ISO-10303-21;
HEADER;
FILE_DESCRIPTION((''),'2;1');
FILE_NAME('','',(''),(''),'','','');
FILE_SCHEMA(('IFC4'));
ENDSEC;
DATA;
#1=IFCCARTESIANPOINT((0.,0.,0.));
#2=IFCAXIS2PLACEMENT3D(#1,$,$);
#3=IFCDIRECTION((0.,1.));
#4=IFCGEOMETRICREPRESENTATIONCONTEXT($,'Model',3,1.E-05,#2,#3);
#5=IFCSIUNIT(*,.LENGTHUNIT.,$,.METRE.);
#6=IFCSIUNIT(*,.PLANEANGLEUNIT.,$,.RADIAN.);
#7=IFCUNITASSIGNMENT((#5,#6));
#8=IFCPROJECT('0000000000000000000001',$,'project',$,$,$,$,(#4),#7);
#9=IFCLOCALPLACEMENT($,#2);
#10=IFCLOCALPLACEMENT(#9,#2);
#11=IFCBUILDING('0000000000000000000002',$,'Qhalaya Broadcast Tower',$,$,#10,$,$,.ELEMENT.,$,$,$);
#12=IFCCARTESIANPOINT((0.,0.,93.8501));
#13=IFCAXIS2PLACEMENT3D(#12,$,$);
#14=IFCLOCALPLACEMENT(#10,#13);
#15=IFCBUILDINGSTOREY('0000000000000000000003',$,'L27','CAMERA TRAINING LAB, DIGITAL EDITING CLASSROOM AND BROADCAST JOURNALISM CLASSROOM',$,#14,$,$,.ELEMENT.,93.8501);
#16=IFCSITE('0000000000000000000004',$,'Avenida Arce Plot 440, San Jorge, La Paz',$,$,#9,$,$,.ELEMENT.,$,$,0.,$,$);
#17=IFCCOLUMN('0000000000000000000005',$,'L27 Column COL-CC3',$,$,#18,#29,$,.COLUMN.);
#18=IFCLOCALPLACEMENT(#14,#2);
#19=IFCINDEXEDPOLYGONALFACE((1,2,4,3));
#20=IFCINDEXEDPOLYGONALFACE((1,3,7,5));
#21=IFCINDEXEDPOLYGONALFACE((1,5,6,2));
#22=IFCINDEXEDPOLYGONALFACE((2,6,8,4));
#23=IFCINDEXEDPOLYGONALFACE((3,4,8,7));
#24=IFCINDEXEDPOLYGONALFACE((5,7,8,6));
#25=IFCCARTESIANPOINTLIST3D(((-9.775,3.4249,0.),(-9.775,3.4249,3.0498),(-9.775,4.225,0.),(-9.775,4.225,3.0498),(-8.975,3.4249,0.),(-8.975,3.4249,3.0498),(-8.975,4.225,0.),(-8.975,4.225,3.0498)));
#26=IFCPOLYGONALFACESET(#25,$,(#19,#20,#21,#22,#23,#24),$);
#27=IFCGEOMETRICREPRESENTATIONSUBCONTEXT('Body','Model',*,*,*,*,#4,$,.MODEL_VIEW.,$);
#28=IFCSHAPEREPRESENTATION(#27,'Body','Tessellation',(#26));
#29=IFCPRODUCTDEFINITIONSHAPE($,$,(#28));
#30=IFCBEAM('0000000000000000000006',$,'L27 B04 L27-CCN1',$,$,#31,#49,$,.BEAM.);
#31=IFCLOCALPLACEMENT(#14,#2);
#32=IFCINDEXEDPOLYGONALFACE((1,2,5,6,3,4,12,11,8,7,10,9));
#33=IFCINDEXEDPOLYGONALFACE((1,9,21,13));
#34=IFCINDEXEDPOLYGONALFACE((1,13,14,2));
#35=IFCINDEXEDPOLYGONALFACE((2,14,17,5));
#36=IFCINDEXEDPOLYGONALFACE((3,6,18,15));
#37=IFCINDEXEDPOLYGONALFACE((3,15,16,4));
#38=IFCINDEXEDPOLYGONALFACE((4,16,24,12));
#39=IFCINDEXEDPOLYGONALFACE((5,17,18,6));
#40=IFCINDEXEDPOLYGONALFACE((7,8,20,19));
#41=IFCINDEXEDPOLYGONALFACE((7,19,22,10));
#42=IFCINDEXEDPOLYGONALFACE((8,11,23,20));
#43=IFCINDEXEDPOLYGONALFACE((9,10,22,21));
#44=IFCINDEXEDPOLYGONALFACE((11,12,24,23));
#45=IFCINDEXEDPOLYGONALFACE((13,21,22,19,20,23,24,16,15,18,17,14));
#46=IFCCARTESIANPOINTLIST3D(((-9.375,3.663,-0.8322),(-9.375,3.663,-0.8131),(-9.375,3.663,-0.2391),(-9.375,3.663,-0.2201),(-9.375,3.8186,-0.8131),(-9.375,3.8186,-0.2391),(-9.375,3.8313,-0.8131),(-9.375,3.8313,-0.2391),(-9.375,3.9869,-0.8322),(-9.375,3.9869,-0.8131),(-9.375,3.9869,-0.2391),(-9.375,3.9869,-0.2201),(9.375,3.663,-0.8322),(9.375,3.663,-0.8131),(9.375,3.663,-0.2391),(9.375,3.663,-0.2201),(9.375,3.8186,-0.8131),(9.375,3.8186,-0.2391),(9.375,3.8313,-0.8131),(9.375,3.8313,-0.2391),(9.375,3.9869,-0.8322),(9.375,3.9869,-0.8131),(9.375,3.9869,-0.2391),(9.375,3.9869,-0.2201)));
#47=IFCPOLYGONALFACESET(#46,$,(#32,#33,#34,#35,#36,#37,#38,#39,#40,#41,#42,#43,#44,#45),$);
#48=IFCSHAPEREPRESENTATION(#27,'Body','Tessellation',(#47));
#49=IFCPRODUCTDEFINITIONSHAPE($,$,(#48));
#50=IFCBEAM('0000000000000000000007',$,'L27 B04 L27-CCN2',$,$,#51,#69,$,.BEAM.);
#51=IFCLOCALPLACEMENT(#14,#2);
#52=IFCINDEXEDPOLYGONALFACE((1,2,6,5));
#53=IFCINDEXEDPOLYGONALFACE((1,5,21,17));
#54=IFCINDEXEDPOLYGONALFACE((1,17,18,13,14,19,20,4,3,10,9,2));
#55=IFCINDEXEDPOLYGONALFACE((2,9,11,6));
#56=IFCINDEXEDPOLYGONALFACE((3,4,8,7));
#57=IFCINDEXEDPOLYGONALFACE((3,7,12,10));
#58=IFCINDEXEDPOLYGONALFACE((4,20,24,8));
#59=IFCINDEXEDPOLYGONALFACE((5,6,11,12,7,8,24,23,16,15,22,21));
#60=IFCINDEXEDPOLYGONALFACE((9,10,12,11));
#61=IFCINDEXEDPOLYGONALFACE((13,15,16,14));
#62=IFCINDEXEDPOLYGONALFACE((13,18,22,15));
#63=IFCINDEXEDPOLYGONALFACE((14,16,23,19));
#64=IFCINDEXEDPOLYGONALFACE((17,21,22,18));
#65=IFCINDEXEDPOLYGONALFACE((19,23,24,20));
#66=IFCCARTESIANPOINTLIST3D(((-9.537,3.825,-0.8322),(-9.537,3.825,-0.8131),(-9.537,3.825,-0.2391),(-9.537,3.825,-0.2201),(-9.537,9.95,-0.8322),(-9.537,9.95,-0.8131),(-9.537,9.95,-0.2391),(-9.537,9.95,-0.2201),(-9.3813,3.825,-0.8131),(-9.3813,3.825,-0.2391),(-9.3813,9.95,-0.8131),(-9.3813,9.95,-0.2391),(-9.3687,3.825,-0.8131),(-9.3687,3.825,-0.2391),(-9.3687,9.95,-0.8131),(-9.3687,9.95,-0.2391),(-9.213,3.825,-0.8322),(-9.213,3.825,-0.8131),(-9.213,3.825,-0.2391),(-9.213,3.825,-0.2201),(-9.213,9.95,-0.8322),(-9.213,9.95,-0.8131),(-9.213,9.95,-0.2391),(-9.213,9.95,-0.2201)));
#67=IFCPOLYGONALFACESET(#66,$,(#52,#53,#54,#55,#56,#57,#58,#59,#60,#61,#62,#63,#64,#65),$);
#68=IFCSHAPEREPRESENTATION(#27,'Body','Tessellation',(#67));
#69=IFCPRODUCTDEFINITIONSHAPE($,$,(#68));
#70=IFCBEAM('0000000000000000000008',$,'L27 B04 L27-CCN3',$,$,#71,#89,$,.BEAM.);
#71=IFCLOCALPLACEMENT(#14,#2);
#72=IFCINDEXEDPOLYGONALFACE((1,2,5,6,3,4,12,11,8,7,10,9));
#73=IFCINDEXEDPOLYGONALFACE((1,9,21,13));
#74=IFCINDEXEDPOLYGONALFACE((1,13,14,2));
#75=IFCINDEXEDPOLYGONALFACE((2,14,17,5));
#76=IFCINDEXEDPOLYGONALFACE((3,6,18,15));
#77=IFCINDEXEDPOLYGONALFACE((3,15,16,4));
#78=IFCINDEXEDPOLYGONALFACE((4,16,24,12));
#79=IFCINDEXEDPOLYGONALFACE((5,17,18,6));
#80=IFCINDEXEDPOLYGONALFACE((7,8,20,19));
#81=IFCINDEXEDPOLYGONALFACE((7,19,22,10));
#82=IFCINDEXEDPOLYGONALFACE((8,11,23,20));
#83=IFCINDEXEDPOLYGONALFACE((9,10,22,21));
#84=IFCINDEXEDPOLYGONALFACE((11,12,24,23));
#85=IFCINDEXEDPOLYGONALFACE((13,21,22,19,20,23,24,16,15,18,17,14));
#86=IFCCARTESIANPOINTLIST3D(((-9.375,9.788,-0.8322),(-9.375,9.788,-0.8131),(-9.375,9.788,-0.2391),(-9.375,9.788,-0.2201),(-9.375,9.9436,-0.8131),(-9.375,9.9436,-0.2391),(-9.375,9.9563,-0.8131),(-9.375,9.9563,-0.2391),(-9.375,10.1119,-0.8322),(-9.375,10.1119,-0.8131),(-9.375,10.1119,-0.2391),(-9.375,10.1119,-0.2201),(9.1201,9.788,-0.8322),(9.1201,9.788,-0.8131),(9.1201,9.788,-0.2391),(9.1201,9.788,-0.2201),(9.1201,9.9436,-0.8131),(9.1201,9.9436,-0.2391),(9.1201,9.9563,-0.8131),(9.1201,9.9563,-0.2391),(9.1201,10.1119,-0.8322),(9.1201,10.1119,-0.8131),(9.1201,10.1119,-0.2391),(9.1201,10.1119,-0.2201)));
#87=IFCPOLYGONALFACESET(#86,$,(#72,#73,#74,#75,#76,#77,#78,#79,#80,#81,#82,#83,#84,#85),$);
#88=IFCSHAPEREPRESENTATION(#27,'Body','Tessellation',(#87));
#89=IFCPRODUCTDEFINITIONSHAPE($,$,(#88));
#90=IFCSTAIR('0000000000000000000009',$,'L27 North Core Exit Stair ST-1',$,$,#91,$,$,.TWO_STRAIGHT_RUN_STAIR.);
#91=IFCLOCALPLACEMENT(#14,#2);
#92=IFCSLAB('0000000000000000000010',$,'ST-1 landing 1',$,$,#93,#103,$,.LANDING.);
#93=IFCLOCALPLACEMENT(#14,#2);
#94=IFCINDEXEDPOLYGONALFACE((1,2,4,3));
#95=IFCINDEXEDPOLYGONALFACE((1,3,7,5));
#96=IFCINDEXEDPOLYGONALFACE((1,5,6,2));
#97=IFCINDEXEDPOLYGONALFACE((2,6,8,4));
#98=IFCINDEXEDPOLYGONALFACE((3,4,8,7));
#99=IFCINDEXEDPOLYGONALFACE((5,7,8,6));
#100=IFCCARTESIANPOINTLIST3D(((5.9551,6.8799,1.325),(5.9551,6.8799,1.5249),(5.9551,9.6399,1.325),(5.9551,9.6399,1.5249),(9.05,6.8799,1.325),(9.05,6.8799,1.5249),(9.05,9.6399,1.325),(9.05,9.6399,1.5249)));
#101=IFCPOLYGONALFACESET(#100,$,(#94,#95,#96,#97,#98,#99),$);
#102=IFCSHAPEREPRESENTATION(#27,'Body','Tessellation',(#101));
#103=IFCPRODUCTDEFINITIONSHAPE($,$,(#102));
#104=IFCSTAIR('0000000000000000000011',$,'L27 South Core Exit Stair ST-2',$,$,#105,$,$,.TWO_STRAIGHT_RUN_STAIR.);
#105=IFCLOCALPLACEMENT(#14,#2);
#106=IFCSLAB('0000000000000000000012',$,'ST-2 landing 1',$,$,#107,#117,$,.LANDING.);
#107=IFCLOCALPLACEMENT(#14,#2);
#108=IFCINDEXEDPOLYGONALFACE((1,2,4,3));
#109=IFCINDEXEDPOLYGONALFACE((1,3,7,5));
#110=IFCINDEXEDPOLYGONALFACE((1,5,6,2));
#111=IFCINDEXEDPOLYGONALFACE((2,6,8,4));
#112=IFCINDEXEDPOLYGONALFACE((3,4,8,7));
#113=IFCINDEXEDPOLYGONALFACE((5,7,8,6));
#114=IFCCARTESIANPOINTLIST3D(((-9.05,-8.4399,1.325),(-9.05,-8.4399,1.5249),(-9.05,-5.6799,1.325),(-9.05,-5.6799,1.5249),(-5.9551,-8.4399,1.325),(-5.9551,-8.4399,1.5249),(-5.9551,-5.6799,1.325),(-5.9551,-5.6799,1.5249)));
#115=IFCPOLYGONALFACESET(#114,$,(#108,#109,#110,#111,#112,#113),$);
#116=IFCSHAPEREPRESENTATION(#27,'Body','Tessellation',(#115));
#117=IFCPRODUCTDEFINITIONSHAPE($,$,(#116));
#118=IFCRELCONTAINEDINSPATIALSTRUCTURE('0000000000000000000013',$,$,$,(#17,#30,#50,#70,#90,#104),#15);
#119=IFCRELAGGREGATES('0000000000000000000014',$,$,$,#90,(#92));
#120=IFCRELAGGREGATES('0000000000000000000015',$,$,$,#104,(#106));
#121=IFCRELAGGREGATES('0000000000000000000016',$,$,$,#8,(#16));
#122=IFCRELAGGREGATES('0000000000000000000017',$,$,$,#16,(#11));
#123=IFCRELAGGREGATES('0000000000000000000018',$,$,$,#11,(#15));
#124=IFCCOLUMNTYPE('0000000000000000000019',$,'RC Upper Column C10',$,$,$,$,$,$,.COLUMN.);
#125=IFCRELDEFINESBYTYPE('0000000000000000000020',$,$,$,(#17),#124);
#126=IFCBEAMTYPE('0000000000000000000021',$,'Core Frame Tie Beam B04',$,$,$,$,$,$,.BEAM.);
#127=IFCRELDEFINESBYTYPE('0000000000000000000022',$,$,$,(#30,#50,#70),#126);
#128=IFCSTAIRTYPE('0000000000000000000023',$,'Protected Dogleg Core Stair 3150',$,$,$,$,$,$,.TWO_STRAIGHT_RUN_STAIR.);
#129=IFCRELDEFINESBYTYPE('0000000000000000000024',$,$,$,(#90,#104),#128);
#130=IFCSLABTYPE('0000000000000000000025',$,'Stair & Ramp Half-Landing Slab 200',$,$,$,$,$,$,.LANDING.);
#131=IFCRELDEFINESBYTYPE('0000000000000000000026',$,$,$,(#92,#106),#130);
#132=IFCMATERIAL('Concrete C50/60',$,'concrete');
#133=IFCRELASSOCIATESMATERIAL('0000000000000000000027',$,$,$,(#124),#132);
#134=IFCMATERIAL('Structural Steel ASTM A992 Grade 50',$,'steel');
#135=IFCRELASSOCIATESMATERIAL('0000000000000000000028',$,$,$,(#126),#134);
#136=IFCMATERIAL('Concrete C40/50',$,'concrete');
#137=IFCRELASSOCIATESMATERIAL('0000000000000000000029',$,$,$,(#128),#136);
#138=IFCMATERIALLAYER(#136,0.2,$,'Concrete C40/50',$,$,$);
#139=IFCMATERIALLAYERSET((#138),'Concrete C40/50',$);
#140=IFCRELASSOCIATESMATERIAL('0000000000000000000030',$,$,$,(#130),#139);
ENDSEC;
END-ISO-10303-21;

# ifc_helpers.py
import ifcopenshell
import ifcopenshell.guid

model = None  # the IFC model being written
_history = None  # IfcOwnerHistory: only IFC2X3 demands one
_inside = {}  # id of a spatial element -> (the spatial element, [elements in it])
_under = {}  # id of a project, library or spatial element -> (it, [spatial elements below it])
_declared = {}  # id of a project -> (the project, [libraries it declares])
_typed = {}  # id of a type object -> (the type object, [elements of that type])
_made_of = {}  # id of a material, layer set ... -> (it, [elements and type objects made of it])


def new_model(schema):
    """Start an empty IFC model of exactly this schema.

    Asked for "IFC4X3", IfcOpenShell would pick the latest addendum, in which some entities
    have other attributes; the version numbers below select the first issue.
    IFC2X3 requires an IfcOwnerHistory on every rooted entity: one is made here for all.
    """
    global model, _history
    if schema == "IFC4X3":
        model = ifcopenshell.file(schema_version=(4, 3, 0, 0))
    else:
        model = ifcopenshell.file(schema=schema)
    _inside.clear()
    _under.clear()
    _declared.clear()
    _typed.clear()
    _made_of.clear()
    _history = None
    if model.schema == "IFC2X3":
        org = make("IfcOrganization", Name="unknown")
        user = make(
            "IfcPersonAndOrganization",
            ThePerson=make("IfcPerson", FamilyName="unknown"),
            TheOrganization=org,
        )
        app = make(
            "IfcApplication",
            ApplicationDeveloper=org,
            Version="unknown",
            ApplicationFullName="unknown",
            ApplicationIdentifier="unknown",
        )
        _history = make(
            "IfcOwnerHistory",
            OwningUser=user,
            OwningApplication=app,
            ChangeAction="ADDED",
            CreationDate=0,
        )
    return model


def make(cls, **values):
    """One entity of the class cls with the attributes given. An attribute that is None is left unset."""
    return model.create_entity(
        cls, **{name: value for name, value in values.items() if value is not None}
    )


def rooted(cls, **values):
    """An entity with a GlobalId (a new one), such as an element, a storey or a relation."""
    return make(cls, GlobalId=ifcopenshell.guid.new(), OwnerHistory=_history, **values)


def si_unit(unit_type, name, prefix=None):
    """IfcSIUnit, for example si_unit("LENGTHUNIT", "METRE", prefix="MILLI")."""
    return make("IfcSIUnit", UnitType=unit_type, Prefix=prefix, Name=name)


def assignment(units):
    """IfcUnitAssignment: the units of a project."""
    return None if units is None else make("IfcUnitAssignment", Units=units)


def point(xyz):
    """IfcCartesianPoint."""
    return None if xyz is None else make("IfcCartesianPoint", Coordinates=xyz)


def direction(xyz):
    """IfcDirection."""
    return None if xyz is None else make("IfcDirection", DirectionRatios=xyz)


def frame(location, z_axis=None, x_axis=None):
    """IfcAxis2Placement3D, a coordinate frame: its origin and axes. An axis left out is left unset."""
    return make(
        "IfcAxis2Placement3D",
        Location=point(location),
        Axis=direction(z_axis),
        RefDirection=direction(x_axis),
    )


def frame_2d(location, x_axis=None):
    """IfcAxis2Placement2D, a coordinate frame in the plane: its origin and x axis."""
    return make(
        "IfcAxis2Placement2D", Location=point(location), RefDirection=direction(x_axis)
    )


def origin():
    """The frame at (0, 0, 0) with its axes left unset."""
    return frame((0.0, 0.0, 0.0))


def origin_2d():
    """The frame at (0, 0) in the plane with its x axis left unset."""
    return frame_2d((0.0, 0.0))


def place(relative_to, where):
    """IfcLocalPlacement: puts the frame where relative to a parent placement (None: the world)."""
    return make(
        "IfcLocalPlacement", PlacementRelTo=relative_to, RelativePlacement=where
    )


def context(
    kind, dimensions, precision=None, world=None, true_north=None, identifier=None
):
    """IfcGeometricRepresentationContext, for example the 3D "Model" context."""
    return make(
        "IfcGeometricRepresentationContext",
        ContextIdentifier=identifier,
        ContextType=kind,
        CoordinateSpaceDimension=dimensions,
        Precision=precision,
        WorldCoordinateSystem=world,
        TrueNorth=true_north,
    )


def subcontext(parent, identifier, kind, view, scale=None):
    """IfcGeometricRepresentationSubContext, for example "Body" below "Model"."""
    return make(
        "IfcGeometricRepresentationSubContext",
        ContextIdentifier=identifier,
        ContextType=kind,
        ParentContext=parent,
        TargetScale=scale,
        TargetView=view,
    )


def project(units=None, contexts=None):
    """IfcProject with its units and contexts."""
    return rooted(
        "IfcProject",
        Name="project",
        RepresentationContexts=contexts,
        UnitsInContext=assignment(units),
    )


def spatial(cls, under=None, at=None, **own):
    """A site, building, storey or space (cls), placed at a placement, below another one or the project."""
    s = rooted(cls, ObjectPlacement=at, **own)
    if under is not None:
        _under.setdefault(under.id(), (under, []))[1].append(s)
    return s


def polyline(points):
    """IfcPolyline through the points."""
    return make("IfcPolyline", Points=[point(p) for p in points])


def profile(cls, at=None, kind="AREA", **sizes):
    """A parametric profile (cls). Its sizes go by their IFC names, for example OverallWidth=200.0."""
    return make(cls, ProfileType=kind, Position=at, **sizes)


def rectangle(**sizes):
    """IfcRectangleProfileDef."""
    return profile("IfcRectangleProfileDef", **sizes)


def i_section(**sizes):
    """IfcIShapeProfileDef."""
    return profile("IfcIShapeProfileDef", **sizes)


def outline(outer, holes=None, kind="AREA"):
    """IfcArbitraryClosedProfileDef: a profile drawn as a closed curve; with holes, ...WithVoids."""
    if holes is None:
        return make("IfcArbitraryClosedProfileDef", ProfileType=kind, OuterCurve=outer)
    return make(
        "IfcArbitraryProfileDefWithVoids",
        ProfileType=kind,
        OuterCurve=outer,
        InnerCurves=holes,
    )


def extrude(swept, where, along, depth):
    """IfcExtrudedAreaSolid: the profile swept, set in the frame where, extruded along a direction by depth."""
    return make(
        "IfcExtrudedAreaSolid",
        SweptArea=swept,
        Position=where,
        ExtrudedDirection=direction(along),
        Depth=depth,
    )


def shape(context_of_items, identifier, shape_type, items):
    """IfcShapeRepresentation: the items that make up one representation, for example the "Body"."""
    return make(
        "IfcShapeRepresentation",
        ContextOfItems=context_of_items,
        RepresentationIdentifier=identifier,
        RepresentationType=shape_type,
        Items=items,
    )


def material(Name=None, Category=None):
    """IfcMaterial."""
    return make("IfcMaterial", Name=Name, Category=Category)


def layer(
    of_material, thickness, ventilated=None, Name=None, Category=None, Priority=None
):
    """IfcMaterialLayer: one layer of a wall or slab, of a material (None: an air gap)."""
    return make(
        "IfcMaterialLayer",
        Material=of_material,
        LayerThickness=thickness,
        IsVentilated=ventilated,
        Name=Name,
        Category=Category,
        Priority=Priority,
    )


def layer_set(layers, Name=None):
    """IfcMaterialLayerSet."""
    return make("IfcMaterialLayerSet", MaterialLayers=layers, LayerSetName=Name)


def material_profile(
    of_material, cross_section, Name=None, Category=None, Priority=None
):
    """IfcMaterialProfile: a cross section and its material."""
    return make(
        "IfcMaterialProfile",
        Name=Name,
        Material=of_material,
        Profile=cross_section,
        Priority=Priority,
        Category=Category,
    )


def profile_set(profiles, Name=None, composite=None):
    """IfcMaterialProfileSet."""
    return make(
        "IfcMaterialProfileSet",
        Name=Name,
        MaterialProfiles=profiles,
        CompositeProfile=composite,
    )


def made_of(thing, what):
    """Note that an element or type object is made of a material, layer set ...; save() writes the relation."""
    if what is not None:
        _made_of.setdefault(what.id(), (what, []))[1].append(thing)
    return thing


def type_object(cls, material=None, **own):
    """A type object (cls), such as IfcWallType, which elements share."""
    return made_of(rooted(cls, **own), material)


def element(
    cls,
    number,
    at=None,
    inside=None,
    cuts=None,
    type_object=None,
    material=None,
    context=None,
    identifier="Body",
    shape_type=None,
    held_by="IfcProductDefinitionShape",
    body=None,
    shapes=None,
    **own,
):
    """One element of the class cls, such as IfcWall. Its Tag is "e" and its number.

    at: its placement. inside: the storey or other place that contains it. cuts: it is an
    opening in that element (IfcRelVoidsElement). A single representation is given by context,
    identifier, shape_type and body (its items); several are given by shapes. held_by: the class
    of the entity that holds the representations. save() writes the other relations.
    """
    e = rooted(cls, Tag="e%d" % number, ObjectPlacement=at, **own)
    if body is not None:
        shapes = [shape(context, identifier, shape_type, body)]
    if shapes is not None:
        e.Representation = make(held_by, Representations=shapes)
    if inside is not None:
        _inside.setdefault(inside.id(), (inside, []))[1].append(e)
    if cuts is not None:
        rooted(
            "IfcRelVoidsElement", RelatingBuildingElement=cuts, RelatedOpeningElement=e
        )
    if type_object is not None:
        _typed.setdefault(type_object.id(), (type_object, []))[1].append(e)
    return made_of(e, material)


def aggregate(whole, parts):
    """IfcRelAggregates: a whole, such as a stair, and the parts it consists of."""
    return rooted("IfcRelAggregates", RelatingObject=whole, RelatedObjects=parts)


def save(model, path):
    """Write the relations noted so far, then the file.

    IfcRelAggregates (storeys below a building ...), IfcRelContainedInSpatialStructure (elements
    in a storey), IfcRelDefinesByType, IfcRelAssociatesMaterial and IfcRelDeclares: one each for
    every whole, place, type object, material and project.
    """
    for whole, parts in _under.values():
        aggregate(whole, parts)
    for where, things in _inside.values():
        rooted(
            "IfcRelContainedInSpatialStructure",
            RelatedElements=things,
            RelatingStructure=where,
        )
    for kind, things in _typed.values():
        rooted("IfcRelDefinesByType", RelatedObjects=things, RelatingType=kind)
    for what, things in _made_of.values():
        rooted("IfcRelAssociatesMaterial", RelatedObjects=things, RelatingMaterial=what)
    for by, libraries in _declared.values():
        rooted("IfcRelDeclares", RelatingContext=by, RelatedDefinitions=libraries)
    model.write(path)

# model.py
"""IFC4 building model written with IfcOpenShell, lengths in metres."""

from ifc_helpers import new_model, si_unit, direction, frame, origin, origin_2d, place, context, subcontext, project, spatial, polyline, rectangle, i_section, outline, extrude, material, layer, layer_set, material_profile, profile_set, type_object, element, aggregate, save


model = new_model("IFC4")

# Units and contexts
model_context = context("Model", 3, precision=1e-05, world=origin(), true_north=direction((0.0, 1.0)))
body_context = subcontext(model_context, "Body", "Model", "MODEL_VIEW")
ifc_project = project(units=[si_unit("LENGTHUNIT", "METRE"), si_unit("PLANEANGLEUNIT", "RADIAN")], contexts=[model_context])

# Site, building, storey
site_placement = place(None, origin())
site = spatial("IfcSite", under=ifc_project, at=site_placement, Name="Avenida Arce Plot 440, San Jorge, La Paz", CompositionType="ELEMENT", RefElevation=0.0)
building_placement = place(site_placement, origin())
building = spatial("IfcBuilding", under=site, at=building_placement, Name="Qhalaya Broadcast Tower", CompositionType="ELEMENT")
storey_placement = place(building_placement, frame((0.0, 0.0, 93.8501)))
storey = spatial("IfcBuildingStorey", under=building, at=storey_placement, Name="L27", Description="CAMERA TRAINING LAB, DIGITAL EDITING CLASSROOM AND BROADCAST JOURNALISM CLASSROOM", CompositionType="ELEMENT", Elevation=93.8501)

# Column
ifc_material_1 = material(Name="Concrete C50/60", Category="concrete")
ifc_material_profile_1 = material_profile(ifc_material_1, rectangle(XDim=0.8, YDim=0.8, at=origin_2d()), Name="RC-COL 800x800")
ifc_profile_set_1 = profile_set([ifc_material_profile_1], Name="Concrete C50/60")
column_type = type_object("IfcColumnType", Name="RC Upper Column C10", PredefinedType="COLUMN", material=ifc_profile_set_1)
column_placement = place(storey_placement, frame((-9.375, 3.825, 0.0), z_axis=(0.0, 0.0, 1.0), x_axis=(1.0, 0.0, 0.0)))
element("IfcColumn", 1, at=column_placement, inside=storey, type_object=column_type, Name="L27 Column COL-CC3", PredefinedType="COLUMN", context=body_context, shape_type="SweptSolid", body=[
    extrude(rectangle(XDim=0.8, YDim=0.8, at=origin_2d()), origin(), (0.0, 0.0, 1.0), 3.0498),
])

# Beams
ifc_material_2 = material(Name="Structural Steel ASTM A992 Grade 50", Category="steel")
ifc_material_profile_2 = material_profile(ifc_material_2, i_section(OverallWidth=0.324, OverallDepth=0.6121, WebThickness=0.0127, FlangeThickness=0.019, at=origin_2d()), Name="W24X104")
ifc_profile_set_2 = profile_set([ifc_material_profile_2], Name="Structural Steel ASTM A992 Grade 50")
beam_type = type_object("IfcBeamType", Name="Core Frame Tie Beam B04", PredefinedType="BEAM", material=ifc_profile_set_2)
beam_1_placement = place(storey_placement, frame((-9.375, 3.825, -0.5261), z_axis=(1.0, 0.0, 0.0), x_axis=(0.0, 1.0, 0.0)))
element("IfcBeam", 2, at=beam_1_placement, inside=storey, type_object=beam_type, Name="L27 B04 L27-CCN1", PredefinedType="BEAM", context=body_context, shape_type="SweptSolid", body=[
    extrude(i_section(OverallWidth=0.324, OverallDepth=0.6121, WebThickness=0.0127, FlangeThickness=0.019, at=origin_2d()), origin(), (0.0, 0.0, 1.0), 18.75),
])
beam_2_placement = place(storey_placement, frame((-9.375, 3.825, -0.5261), z_axis=(0.0, 1.0, 0.0), x_axis=(-1.0, 0.0, 0.0)))
element("IfcBeam", 3, at=beam_2_placement, inside=storey, type_object=beam_type, Name="L27 B04 L27-CCN2", PredefinedType="BEAM", context=body_context, shape_type="SweptSolid", body=[
    extrude(i_section(OverallWidth=0.324, OverallDepth=0.6121, WebThickness=0.0127, FlangeThickness=0.019, at=origin_2d()), origin(), (0.0, 0.0, 1.0), 6.125),
])
beam_3_placement = place(storey_placement, frame((-9.375, 9.95, -0.5261), z_axis=(1.0, 0.0, 0.0), x_axis=(0.0, 1.0, 0.0)))
element("IfcBeam", 4, at=beam_3_placement, inside=storey, type_object=beam_type, Name="L27 B04 L27-CCN3", PredefinedType="BEAM", context=body_context, shape_type="SweptSolid", body=[
    extrude(i_section(OverallWidth=0.324, OverallDepth=0.6121, WebThickness=0.0127, FlangeThickness=0.019, at=origin_2d()), origin(), (0.0, 0.0, 1.0), 18.4951),
])

# Stairs, slabs
ifc_material_3 = material(Name="Concrete C40/50", Category="concrete")
stair_type = type_object("IfcStairType", Name="Protected Dogleg Core Stair 3150", PredefinedType="TWO_STRAIGHT_RUN_STAIR", material=ifc_material_3)
stair_1_placement = place(storey_placement, origin())
stair_1 = element("IfcStair", 5, at=stair_1_placement, inside=storey, type_object=stair_type, Name="L27 North Core Exit Stair ST-1", PredefinedType="TWO_STRAIGHT_RUN_STAIR")
ifc_layer_1 = layer(ifc_material_3, 0.2, Name="Concrete C40/50")
ifc_layer_set_1 = layer_set([ifc_layer_1], Name="Concrete C40/50")
slab_type_1 = type_object("IfcSlabType", Name="Stair & Ramp Half-Landing Slab 200", PredefinedType="LANDING", material=ifc_layer_set_1)
slab_1_placement = place(storey_placement, frame((0.0, 0.0, 1.325)))
slab_1 = element("IfcSlab", 6, at=slab_1_placement, type_object=slab_type_1, Name="ST-1 landing 1", PredefinedType="LANDING", context=body_context, shape_type="SweptSolid", body=[
    extrude(outline(polyline([(5.9551, 6.8799), (9.05, 6.8799), (9.05, 9.6399), (5.9551, 9.6399), (5.9551, 6.8799)])), origin(), (0.0, 0.0, 1.0), 0.2),
])
aggregate(stair_1, [slab_1])
stair_2_placement = place(storey_placement, origin())
stair_2 = element("IfcStair", 7, at=stair_2_placement, inside=storey, type_object=stair_type, Name="L27 South Core Exit Stair ST-2", PredefinedType="TWO_STRAIGHT_RUN_STAIR")
slab_2_placement = place(storey_placement, frame((0.0, 0.0, 1.325)))
slab_2 = element("IfcSlab", 8, at=slab_2_placement, type_object=slab_type_1, Name="ST-2 landing 1", PredefinedType="LANDING", context=body_context, shape_type="SweptSolid", body=[
    extrude(outline(polyline([(-5.9551, -5.6799), (-9.05, -5.6799), (-9.05, -8.4399), (-5.9551, -8.4399), (-5.9551, -5.6799)])), origin(), (0.0, 0.0, 1.0), 0.2),
])
aggregate(stair_2, [slab_2])

save(model, "model.ifc")
